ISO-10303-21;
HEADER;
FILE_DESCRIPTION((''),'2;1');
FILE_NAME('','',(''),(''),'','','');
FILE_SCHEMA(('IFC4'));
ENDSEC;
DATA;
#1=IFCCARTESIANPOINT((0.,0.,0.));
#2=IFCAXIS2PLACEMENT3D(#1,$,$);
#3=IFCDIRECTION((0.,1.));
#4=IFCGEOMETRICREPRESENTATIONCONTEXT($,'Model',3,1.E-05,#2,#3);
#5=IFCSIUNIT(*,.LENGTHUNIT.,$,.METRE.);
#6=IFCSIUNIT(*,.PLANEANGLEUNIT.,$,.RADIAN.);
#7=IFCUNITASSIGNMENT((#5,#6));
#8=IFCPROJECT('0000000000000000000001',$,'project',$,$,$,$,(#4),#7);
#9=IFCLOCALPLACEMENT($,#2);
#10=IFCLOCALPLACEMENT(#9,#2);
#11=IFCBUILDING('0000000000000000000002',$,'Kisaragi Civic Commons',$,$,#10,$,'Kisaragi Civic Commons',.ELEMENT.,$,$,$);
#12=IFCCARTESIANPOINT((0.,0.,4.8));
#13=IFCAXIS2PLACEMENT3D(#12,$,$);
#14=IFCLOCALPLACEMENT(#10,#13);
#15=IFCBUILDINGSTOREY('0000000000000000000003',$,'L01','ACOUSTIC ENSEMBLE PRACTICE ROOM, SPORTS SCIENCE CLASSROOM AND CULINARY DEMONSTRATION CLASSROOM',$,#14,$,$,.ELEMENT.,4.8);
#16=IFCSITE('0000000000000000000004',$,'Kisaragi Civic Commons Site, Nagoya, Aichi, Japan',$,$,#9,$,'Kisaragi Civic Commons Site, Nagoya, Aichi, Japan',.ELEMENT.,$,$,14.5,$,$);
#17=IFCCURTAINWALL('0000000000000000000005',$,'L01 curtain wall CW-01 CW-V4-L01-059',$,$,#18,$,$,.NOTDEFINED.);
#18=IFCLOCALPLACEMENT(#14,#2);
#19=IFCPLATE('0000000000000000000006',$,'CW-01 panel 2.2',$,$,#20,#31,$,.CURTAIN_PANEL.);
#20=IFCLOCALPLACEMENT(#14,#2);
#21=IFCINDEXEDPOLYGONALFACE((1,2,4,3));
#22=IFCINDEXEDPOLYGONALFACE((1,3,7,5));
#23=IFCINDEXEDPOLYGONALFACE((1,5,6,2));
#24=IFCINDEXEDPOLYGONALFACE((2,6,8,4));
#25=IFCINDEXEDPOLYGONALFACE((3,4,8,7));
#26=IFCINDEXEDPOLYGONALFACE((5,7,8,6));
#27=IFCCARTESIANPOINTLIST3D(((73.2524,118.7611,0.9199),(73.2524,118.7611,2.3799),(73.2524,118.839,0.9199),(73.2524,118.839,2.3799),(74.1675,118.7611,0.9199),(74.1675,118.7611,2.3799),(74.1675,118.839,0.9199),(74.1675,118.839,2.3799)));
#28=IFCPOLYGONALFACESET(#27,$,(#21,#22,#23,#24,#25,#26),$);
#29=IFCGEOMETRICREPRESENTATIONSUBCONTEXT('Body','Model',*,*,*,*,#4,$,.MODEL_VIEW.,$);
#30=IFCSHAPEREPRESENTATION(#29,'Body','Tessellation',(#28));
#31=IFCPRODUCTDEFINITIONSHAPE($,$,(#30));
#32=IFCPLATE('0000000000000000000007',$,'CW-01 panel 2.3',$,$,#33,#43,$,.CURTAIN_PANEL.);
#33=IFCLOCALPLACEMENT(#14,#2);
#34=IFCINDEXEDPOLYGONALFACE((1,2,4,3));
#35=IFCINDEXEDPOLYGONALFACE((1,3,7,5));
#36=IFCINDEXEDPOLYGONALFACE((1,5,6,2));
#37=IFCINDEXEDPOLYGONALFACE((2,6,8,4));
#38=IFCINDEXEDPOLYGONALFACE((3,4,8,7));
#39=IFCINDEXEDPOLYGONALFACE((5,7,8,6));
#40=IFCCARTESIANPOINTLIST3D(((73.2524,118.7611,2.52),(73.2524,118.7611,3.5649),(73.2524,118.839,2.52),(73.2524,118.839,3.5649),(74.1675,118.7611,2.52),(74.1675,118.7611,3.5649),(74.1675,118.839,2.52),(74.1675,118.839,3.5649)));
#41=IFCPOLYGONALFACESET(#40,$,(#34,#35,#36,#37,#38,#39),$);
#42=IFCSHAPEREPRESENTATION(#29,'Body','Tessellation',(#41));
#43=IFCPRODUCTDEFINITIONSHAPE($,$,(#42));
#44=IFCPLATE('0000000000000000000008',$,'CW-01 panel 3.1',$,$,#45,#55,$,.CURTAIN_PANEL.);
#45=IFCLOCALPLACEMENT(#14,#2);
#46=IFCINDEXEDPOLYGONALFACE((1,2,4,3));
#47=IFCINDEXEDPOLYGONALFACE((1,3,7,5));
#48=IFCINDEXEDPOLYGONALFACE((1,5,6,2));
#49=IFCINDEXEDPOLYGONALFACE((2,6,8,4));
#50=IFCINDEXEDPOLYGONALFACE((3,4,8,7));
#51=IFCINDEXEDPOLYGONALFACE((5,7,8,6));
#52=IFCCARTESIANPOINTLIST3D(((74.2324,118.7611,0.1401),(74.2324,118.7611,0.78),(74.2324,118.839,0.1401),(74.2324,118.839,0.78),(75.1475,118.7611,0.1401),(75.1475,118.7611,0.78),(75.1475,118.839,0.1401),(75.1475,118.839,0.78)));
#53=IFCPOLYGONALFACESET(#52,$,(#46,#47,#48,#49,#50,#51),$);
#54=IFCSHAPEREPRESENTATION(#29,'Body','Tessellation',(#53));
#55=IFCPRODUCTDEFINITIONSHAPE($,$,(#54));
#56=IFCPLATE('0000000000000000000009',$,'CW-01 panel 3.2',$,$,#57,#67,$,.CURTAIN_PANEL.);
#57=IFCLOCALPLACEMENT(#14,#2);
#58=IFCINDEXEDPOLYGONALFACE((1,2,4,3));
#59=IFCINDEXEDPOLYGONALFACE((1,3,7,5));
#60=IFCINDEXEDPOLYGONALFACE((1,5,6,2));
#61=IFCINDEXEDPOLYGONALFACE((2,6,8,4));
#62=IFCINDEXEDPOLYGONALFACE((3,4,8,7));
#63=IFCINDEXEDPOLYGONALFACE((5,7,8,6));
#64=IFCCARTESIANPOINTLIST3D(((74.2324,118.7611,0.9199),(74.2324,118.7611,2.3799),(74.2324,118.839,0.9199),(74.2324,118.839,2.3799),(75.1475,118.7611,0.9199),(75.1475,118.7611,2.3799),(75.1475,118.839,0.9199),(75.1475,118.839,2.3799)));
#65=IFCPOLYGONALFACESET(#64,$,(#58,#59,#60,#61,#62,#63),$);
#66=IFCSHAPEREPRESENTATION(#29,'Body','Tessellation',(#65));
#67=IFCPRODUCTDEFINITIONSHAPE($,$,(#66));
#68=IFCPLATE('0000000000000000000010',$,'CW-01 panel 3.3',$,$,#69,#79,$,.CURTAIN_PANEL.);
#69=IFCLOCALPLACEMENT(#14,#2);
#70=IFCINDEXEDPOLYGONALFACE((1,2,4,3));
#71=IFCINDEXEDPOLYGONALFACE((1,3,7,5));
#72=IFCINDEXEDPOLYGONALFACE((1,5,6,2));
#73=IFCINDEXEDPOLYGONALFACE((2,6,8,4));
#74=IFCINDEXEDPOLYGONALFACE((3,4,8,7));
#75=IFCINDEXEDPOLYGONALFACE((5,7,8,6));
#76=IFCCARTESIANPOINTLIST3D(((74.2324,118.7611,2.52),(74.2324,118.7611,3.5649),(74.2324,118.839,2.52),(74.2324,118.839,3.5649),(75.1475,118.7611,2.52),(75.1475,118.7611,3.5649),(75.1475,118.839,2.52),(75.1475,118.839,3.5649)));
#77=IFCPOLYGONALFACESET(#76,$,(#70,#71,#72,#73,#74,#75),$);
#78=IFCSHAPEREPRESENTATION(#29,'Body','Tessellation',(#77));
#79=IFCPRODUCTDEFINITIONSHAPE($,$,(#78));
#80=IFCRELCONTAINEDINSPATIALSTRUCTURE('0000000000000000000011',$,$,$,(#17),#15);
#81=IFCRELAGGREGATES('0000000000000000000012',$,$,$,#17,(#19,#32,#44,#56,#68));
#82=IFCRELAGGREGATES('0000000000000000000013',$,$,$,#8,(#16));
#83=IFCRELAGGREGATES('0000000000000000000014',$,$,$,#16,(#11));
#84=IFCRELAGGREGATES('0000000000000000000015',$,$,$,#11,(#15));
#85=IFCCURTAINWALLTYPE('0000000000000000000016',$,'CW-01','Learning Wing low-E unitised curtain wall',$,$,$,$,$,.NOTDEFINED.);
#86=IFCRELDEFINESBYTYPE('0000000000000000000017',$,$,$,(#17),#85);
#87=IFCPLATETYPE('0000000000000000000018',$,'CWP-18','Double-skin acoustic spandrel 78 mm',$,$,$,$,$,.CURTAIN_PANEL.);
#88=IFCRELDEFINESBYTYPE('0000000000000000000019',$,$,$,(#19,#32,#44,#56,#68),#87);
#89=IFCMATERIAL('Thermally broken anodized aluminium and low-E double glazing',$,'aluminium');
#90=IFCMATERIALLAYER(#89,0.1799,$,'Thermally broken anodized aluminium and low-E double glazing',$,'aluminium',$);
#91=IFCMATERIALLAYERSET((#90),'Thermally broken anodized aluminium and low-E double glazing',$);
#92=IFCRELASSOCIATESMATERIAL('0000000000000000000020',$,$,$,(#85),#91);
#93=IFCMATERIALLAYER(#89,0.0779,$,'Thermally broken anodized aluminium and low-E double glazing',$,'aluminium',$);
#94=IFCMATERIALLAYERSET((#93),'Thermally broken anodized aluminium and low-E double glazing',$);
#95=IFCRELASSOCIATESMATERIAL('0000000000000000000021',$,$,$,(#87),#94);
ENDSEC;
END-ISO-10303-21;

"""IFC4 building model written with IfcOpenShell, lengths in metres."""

from ifc_helpers import new_model, si_unit, direction, frame, origin, origin_2d, place, context, subcontext, project, spatial, rectangle, extrude, material, layer, layer_set, type_object, element, aggregate, save


model = new_model("IFC4")

# Units and contexts
model_context = context("Model", 3, precision=1e-05, world=origin(), true_north=direction((0.0, 1.0)))
body_context = subcontext(model_context, "Body", "Model", "MODEL_VIEW")
ifc_project = project(units=[si_unit("LENGTHUNIT", "METRE"), si_unit("PLANEANGLEUNIT", "RADIAN")], contexts=[model_context])

# Site, building, storey
site_placement = place(None, origin())
site = spatial("IfcSite", under=ifc_project, at=site_placement, Name="Kisaragi Civic Commons Site, Nagoya, Aichi, Japan", LongName="Kisaragi Civic Commons Site, Nagoya, Aichi, Japan", CompositionType="ELEMENT", RefElevation=14.5)
building_placement = place(site_placement, origin())
building = spatial("IfcBuilding", under=site, at=building_placement, Name="Kisaragi Civic Commons", LongName="Kisaragi Civic Commons", CompositionType="ELEMENT")
storey_placement = place(building_placement, frame((0.0, 0.0, 4.8)))
storey = spatial("IfcBuildingStorey", under=building, at=storey_placement, Name="L01", Description="ACOUSTIC ENSEMBLE PRACTICE ROOM, SPORTS SCIENCE CLASSROOM AND CULINARY DEMONSTRATION CLASSROOM", CompositionType="ELEMENT", Elevation=4.8)

# Curtain wall, plates
ifc_material = material(Name="Thermally broken anodized aluminium and low-E double glazing", Category="aluminium")
ifc_layer_1 = layer(ifc_material, 0.1799, Name="Thermally broken anodized aluminium and low-E double glazing", Category="aluminium")
ifc_layer_set_1 = layer_set([ifc_layer_1], Name="Thermally broken anodized aluminium and low-E double glazing")
curtain_wall_type = type_object("IfcCurtainWallType", Name="CW-01", Description="Learning Wing low-E unitised curtain wall", PredefinedType="NOTDEFINED", material=ifc_layer_set_1)
curtain_wall_placement = place(storey_placement, origin())
curtain_wall = element("IfcCurtainWall", 1, at=curtain_wall_placement, inside=storey, type_object=curtain_wall_type, Name="L01 curtain wall CW-01 CW-V4-L01-059", PredefinedType="NOTDEFINED")
ifc_layer_2 = layer(ifc_material, 0.0779, Name="Thermally broken anodized aluminium and low-E double glazing", Category="aluminium")
ifc_layer_set_2 = layer_set([ifc_layer_2], Name="Thermally broken anodized aluminium and low-E double glazing")
plate_type = type_object("IfcPlateType", Name="CWP-18", Description="Double-skin acoustic spandrel 78 mm", PredefinedType="CURTAIN_PANEL", material=ifc_layer_set_2)
plate_1_placement = place(storey_placement, frame((73.71, 118.8, 0.9199), z_axis=(0.0, 0.0, 1.0), x_axis=(1.0, 0.0, 0.0)))
plate_1 = element("IfcPlate", 2, at=plate_1_placement, type_object=plate_type, Name="CW-01 panel 2.2", PredefinedType="CURTAIN_PANEL", context=body_context, shape_type="SweptSolid", body=[
    extrude(rectangle(XDim=0.915, YDim=0.0779, at=origin_2d()), origin(), (0.0, 0.0, 1.0), 1.46),
])
plate_2_placement = place(storey_placement, frame((73.71, 118.8, 2.52), z_axis=(0.0, 0.0, 1.0), x_axis=(1.0, 0.0, 0.0)))
plate_2 = element("IfcPlate", 3, at=plate_2_placement, type_object=plate_type, Name="CW-01 panel 2.3", PredefinedType="CURTAIN_PANEL", context=body_context, shape_type="SweptSolid", body=[
    extrude(rectangle(XDim=0.915, YDim=0.0779, at=origin_2d()), origin(), (0.0, 0.0, 1.0), 1.0449),
])
plate_3_placement = place(storey_placement, frame((74.6899, 118.8, 0.1401), z_axis=(0.0, 0.0, 1.0), x_axis=(1.0, 0.0, 0.0)))
plate_3 = element("IfcPlate", 4, at=plate_3_placement, type_object=plate_type, Name="CW-01 panel 3.1", PredefinedType="CURTAIN_PANEL", context=body_context, shape_type="SweptSolid", body=[
    extrude(rectangle(XDim=0.915, YDim=0.0779, at=origin_2d()), origin(), (0.0, 0.0, 1.0), 0.6399),
])
plate_4_placement = place(storey_placement, frame((74.6899, 118.8, 0.9199), z_axis=(0.0, 0.0, 1.0), x_axis=(1.0, 0.0, 0.0)))
plate_4 = element("IfcPlate", 5, at=plate_4_placement, type_object=plate_type, Name="CW-01 panel 3.2", PredefinedType="CURTAIN_PANEL", context=body_context, shape_type="SweptSolid", body=[
    extrude(rectangle(XDim=0.915, YDim=0.0779, at=origin_2d()), origin(), (0.0, 0.0, 1.0), 1.46),
])
plate_5_placement = place(storey_placement, frame((74.6899, 118.8, 2.52), z_axis=(0.0, 0.0, 1.0), x_axis=(1.0, 0.0, 0.0)))
plate_5 = element("IfcPlate", 6, at=plate_5_placement, type_object=plate_type, Name="CW-01 panel 3.3", PredefinedType="CURTAIN_PANEL", context=body_context, shape_type="SweptSolid", body=[
    extrude(rectangle(XDim=0.915, YDim=0.0779, at=origin_2d()), origin(), (0.0, 0.0, 1.0), 1.0449),
])
aggregate(curtain_wall, [plate_1, plate_2, plate_3, plate_4, plate_5])

save(model, "model.ifc")
